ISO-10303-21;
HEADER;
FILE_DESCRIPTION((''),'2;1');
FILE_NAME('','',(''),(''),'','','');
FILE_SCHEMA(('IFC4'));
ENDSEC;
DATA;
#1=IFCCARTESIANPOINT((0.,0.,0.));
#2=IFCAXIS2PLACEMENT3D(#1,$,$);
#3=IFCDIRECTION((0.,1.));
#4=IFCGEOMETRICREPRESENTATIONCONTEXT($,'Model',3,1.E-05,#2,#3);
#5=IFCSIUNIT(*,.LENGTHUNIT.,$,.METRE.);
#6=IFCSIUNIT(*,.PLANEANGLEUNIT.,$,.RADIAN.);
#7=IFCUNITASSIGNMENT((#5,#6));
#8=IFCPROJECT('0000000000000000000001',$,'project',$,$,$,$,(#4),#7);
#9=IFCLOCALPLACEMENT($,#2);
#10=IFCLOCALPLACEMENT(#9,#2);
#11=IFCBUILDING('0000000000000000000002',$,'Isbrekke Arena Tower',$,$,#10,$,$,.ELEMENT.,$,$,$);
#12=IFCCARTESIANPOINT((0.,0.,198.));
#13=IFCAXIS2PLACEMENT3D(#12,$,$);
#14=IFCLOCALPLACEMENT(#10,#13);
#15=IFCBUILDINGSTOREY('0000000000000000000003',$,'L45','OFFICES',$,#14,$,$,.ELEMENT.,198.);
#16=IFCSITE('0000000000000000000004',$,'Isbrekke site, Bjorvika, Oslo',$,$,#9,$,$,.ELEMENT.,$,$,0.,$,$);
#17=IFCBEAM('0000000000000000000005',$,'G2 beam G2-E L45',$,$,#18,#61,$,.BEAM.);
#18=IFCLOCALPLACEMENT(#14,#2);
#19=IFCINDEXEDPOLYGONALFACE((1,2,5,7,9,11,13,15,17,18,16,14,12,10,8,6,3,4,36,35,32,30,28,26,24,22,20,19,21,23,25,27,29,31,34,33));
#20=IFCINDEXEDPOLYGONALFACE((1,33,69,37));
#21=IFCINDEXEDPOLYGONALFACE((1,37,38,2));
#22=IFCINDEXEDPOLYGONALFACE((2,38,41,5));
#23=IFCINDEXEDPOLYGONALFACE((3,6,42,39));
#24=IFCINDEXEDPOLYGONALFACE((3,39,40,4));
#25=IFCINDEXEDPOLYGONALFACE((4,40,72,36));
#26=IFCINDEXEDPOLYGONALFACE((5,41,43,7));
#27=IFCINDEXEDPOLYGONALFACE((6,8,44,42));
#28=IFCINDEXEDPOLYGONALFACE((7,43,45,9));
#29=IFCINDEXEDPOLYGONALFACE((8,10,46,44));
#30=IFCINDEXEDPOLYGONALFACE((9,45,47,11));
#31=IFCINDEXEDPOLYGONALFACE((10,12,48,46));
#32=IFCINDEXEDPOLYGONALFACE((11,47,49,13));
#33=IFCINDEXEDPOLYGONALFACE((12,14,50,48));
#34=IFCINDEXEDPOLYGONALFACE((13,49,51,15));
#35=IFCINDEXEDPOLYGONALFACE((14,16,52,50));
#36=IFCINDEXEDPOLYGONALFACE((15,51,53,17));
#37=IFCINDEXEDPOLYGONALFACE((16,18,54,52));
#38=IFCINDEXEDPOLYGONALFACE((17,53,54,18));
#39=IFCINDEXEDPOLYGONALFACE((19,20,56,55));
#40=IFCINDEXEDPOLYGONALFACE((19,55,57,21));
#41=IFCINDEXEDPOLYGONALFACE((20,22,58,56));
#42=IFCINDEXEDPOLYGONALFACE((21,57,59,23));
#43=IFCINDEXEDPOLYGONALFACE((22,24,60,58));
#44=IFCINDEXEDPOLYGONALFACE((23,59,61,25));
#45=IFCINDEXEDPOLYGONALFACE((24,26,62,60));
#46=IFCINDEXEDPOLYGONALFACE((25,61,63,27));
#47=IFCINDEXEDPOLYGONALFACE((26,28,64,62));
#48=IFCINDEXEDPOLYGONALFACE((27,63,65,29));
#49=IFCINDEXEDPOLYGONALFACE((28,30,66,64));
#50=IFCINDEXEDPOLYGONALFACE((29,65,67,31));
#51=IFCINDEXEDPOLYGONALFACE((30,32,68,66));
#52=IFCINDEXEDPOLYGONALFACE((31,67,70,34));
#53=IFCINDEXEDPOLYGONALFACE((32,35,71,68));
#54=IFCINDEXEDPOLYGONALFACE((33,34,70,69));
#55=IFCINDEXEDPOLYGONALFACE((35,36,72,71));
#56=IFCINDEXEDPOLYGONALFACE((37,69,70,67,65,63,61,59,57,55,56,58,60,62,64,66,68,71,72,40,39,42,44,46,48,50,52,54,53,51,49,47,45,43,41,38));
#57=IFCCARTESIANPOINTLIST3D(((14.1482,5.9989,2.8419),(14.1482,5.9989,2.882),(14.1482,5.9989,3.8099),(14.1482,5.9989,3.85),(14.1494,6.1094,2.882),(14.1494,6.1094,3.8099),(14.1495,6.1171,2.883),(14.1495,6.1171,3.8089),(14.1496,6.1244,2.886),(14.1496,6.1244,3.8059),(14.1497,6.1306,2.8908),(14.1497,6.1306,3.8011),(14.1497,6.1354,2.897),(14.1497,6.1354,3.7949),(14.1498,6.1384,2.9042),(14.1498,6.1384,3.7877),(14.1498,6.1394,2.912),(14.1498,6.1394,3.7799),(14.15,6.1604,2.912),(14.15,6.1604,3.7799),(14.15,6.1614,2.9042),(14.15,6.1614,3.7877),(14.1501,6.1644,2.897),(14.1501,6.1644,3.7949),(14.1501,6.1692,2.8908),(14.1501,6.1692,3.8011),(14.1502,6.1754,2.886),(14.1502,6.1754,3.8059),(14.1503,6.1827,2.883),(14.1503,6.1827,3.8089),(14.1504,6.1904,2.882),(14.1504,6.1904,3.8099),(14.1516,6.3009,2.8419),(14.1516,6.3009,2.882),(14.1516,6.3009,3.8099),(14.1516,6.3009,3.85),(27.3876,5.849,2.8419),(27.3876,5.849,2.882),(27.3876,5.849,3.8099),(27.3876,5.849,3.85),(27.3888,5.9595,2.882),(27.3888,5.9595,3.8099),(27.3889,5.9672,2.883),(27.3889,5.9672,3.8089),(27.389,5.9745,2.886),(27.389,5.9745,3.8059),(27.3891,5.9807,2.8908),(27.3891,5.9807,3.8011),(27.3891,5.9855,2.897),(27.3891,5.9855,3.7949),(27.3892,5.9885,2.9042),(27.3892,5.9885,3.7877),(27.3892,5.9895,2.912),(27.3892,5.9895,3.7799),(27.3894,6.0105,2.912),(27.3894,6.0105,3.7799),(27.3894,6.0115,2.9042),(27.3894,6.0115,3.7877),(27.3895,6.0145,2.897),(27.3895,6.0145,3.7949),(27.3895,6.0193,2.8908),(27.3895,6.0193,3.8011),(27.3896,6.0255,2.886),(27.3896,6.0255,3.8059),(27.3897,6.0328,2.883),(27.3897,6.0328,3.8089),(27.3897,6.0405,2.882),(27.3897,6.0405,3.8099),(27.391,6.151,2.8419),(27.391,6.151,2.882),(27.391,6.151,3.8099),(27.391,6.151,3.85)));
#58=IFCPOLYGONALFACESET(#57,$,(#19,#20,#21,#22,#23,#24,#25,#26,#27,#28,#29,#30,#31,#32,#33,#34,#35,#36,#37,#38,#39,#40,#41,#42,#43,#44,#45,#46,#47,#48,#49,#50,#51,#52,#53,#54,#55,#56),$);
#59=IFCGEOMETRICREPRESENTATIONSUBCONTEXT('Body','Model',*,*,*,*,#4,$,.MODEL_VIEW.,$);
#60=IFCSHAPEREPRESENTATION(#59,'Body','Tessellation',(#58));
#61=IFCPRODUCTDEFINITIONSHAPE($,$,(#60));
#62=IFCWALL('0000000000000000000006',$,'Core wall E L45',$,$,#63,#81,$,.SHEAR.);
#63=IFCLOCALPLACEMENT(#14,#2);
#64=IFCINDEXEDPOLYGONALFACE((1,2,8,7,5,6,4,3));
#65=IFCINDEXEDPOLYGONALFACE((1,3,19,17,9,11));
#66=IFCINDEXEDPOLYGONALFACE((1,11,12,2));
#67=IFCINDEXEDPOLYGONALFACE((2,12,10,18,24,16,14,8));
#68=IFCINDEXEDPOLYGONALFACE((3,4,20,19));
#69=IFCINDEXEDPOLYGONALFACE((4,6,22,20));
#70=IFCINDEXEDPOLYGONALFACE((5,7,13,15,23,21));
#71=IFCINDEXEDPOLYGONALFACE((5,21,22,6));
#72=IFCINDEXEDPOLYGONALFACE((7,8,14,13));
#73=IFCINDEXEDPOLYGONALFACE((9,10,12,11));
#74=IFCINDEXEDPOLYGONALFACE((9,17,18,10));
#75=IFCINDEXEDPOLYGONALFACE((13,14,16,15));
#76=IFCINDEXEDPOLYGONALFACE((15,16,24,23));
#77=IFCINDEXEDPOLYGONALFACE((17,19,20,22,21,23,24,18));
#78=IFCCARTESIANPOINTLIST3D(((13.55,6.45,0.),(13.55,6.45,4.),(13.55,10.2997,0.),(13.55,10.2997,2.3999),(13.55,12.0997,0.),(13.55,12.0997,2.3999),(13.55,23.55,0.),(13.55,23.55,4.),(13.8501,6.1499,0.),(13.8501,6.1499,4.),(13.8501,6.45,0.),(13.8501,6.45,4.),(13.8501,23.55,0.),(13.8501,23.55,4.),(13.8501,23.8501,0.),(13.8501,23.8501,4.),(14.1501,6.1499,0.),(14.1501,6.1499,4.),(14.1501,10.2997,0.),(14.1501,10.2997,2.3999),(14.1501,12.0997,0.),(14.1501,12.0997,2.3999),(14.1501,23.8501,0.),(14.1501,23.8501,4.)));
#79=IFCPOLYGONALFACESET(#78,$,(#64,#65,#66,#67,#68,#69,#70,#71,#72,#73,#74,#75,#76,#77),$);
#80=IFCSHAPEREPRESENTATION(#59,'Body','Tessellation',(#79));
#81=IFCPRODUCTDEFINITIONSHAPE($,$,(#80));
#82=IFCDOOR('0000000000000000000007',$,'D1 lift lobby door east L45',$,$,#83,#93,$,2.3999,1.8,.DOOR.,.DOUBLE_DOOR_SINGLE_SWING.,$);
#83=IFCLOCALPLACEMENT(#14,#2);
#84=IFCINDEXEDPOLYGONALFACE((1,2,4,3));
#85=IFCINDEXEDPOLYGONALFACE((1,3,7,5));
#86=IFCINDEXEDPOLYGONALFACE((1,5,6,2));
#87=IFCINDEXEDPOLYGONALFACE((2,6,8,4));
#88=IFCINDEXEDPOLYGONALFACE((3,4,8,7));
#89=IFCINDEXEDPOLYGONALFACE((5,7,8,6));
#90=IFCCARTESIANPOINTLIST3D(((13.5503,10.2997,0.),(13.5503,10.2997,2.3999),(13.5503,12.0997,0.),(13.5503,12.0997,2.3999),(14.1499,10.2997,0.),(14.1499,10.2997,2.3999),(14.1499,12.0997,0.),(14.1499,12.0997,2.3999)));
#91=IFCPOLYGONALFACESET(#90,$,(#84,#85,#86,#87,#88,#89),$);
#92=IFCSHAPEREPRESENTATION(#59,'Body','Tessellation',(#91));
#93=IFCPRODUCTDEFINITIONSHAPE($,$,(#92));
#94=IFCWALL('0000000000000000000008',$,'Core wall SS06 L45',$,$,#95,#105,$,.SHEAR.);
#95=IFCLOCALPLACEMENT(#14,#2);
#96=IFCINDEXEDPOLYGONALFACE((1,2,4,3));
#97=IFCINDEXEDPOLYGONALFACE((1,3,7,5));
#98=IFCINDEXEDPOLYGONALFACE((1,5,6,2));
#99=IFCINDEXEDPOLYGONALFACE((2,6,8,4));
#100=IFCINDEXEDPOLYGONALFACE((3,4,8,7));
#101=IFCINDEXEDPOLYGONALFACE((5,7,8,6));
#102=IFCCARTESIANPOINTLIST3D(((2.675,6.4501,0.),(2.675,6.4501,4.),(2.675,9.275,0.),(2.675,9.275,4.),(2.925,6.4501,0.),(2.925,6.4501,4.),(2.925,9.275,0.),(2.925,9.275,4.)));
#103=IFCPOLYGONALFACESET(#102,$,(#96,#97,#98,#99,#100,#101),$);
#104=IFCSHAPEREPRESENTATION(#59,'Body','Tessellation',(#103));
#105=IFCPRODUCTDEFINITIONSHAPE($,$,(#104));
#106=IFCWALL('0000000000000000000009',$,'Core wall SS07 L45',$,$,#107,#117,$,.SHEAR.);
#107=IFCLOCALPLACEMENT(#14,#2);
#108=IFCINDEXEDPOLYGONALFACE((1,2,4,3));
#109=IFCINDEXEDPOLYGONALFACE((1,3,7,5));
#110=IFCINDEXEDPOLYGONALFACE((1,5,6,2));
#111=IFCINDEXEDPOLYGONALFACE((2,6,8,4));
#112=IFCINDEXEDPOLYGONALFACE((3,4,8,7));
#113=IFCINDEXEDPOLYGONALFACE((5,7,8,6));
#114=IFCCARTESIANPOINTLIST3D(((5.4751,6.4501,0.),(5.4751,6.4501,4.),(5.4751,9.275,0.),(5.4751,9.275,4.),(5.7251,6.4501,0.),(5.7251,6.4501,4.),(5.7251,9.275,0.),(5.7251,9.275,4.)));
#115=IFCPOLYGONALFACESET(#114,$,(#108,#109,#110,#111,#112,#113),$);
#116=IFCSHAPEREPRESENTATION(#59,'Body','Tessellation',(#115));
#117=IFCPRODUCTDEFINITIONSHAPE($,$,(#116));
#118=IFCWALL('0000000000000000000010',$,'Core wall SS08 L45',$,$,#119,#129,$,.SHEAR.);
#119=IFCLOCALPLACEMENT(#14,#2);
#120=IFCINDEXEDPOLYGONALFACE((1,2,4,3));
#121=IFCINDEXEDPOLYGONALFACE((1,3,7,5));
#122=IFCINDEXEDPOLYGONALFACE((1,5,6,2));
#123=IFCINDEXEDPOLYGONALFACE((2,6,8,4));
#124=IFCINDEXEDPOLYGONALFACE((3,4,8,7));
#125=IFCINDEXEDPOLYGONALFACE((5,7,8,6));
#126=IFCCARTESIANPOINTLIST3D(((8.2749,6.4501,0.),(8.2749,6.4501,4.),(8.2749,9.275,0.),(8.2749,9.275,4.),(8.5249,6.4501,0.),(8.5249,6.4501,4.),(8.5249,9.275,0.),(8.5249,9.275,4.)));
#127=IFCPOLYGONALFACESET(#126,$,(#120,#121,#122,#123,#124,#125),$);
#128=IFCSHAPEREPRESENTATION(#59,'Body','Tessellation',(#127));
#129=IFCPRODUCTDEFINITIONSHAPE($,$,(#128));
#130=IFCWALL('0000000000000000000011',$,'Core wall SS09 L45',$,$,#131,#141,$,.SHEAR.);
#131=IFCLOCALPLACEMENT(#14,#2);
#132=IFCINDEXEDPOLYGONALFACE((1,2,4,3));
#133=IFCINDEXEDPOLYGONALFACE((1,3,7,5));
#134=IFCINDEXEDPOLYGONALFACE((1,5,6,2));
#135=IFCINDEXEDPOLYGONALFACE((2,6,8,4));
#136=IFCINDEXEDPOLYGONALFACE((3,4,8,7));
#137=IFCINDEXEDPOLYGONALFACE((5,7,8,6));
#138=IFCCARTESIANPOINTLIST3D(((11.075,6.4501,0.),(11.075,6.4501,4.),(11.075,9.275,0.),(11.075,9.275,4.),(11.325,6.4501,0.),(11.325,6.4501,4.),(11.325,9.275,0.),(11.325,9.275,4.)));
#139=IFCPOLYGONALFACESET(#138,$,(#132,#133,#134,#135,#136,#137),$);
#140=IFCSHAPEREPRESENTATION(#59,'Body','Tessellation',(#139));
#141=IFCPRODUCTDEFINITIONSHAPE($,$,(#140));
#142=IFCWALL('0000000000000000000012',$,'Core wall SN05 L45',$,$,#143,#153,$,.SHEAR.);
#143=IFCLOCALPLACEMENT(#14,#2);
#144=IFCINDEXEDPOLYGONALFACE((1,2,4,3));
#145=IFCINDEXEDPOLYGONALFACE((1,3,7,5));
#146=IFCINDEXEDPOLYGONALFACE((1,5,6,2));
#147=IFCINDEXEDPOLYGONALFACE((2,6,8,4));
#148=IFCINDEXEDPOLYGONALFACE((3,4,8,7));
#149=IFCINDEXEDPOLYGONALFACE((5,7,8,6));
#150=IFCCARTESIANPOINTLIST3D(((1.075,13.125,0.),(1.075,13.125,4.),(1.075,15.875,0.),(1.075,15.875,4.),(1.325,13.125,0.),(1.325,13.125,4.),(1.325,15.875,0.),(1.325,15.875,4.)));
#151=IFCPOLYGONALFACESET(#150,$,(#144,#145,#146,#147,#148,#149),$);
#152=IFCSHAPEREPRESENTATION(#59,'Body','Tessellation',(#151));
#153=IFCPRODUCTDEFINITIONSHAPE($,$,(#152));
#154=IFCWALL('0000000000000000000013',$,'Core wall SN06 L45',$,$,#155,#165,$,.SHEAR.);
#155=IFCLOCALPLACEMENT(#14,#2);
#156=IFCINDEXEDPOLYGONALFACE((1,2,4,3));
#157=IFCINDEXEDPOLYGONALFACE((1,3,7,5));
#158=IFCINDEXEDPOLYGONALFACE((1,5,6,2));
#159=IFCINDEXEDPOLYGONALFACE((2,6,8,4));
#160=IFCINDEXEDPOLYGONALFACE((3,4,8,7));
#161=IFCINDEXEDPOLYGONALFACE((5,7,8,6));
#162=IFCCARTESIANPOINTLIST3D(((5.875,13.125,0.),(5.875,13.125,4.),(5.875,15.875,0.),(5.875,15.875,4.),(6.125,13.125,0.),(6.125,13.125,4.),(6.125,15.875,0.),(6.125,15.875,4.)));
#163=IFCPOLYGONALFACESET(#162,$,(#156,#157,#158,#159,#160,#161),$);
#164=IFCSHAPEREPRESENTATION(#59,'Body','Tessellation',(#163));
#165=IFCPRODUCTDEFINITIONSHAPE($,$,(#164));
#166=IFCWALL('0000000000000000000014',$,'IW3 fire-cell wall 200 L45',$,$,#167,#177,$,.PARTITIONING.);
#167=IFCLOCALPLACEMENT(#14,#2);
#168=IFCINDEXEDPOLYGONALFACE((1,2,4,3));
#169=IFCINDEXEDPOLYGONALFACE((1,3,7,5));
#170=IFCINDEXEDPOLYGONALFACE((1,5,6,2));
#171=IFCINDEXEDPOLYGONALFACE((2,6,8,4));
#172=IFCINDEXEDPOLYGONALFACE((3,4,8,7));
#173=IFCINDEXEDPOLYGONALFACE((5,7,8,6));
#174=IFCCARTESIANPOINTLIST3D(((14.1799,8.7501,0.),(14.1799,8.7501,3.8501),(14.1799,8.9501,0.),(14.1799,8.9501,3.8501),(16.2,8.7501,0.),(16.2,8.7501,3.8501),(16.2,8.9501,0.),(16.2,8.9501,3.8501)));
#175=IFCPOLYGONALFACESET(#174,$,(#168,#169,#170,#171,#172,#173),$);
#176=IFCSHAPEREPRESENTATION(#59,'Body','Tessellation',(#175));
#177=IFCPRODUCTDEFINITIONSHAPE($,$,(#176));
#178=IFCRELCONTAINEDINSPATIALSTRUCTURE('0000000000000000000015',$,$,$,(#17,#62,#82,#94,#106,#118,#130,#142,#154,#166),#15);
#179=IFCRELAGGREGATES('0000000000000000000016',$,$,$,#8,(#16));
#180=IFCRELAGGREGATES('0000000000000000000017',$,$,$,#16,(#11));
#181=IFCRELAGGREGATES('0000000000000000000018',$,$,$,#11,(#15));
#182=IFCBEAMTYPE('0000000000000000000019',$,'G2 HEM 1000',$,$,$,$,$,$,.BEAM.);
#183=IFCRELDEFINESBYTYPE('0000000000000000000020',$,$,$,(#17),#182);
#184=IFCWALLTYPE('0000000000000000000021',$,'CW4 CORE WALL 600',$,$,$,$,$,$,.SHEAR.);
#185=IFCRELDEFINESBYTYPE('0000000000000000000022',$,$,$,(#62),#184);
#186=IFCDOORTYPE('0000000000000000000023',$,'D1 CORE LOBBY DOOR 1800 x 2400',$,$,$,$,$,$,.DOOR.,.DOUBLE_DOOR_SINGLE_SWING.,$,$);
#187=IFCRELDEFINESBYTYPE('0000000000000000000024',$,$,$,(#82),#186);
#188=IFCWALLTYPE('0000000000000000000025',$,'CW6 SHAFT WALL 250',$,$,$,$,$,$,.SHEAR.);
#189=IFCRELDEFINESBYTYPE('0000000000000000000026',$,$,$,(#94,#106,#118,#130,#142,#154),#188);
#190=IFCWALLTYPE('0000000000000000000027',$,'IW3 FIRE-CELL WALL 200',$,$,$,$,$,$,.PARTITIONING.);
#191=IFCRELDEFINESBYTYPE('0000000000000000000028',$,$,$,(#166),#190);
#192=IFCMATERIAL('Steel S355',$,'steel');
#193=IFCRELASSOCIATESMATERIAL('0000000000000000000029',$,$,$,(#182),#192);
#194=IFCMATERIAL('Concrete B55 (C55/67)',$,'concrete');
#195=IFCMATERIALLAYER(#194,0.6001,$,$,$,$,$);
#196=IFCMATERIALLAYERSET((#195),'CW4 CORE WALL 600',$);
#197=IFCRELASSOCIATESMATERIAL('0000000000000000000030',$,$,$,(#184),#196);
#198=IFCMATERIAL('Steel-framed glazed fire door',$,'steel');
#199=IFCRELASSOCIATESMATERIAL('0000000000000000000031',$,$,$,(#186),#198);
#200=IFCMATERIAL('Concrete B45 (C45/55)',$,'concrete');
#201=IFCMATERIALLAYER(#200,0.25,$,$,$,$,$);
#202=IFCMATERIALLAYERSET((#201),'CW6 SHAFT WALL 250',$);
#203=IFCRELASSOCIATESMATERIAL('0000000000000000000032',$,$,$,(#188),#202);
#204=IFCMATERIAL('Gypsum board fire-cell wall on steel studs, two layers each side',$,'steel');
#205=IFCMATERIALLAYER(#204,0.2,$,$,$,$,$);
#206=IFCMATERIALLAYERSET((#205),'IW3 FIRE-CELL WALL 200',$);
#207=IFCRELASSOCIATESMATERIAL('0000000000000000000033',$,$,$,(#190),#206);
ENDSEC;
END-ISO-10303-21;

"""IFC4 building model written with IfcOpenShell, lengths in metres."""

from ifc_helpers import new_model, si_unit, direction, frame, frame_2d, origin, origin_2d, place, context, subcontext, project, spatial, polyline, rectangle, i_section, outline, extrude, material, layer, layer_set, material_profile, profile_set, type_object, element, fill, save


model = new_model("IFC4")

# Units and contexts
model_context = context("Model", 3, precision=1e-05, world=origin(), true_north=direction((0.0, 1.0)))
body_context = subcontext(model_context, "Body", "Model", "MODEL_VIEW")
ifc_project = project(units=[si_unit("LENGTHUNIT", "METRE"), si_unit("PLANEANGLEUNIT", "RADIAN")], contexts=[model_context])

# Site, building, storey
site_placement = place(None, origin())
site = spatial("IfcSite", under=ifc_project, at=site_placement, Name="Isbrekke site, Bjorvika, Oslo", CompositionType="ELEMENT", RefElevation=0.0)
building_placement = place(site_placement, origin())
building = spatial("IfcBuilding", under=site, at=building_placement, Name="Isbrekke Arena Tower", CompositionType="ELEMENT")
storey_placement = place(building_placement, frame((0.0, 0.0, 198.0)))
storey = spatial("IfcBuildingStorey", under=building, at=storey_placement, Name="L45", Description="OFFICES", CompositionType="ELEMENT", Elevation=198.0)

# Beam
ifc_material_1 = material(Name="Steel S355", Category="steel")
ifc_material_profile = material_profile(ifc_material_1, i_section(OverallWidth=0.302, OverallDepth=1.0081, WebThickness=0.021, FlangeThickness=0.04, FilletRadius=0.03, at=origin_2d()), Name="HEM 1000")
ifc_profile_set = profile_set([ifc_material_profile], Name="Steel S355")
beam_type = type_object("IfcBeamType", Name="G2 HEM 1000", PredefinedType="BEAM", material=ifc_profile_set)
beam_placement = place(storey_placement, frame((14.1499, 6.1499, 3.3459), z_axis=(0.999936, -0.011322, 0.0), x_axis=(0.011322, 0.999936, 0.0)))
element("IfcBeam", 1, at=beam_placement, inside=storey, type_object=beam_type, Name="G2 beam G2-E L45", PredefinedType="BEAM", context=body_context, shape_type="SweptSolid", body=[
    extrude(i_section(OverallWidth=0.302, OverallDepth=1.0081, WebThickness=0.021, FlangeThickness=0.04, FilletRadius=0.03, at=origin_2d()), origin(), (0.0, 0.0, 1.0), 13.2402),
])

# Wall, opening, door
ifc_material_2 = material(Name="Concrete B55 (C55/67)", Category="concrete")
ifc_layer_1 = layer(ifc_material_2, 0.6001)
ifc_layer_set_1 = layer_set([ifc_layer_1], Name="CW4 CORE WALL 600")
wall_type_1 = type_object("IfcWallType", Name="CW4 CORE WALL 600", PredefinedType="SHEAR", material=ifc_layer_set_1)
wall_1_placement = place(storey_placement, frame((13.8501, 6.1499, 0.0), z_axis=(0.0, 0.0, 1.0), x_axis=(0.0, 1.0, 0.0)))
wall_1 = element("IfcWall", 2, at=wall_1_placement, inside=storey, type_object=wall_type_1, Name="Core wall E L45", PredefinedType="SHEAR", context=body_context, shape_type="SweptSolid", body=[
    extrude(outline(polyline([(0.0, -0.3), (17.7002, -0.3), (17.7002, 0.0), (17.4001, 0.0), (17.4001, 0.3), (0.3, 0.3), (0.3, 0.0), (0.0, 0.0), (0.0, -0.3)])), origin(), (0.0, 0.0, 1.0), 4.0),
])
opening_1_placement = place(wall_1_placement, frame((4.1499, 0.0, 0.0)))
opening_1 = element("IfcOpeningElement", 3, at=opening_1_placement, cuts=wall_1, PredefinedType="OPENING", context=body_context, shape_type="SweptSolid", body=[
    extrude(rectangle(XDim=1.8, YDim=2.3999, at=frame_2d((0.8999, 1.2))), frame((0.0, 0.3149, 0.0), z_axis=(0.0, -1.0, 0.0), x_axis=(1.0, 0.0, 0.0)), (0.0, 0.0, 1.0), 0.6299),
])
ifc_material_3 = material(Name="Steel-framed glazed fire door", Category="steel")
door_type_1 = type_object("IfcDoorType", Name="D1 CORE LOBBY DOOR 1800 x 2400", OperationType="DOUBLE_DOOR_SINGLE_SWING", PredefinedType="DOOR", material=ifc_material_3)
door_1_placement = place(opening_1_placement, origin())
door_1 = element("IfcDoor", 4, at=door_1_placement, inside=storey, type_object=door_type_1, Name="D1 lift lobby door east L45", OperationType="DOUBLE_DOOR_SINGLE_SWING", OverallHeight=2.3999, OverallWidth=1.8, PredefinedType="DOOR", context=body_context, shape_type="SweptSolid", body=[
    extrude(rectangle(XDim=1.8, YDim=2.3999, at=frame_2d((0.8999, 1.2))), frame((0.0, 0.2998, 0.0), z_axis=(0.0, -1.0, 0.0), x_axis=(1.0, 0.0, 0.0)), (0.0, 0.0, 1.0), 0.5996),
])
fill(opening_1, door_1)

# Walls
ifc_material_4 = material(Name="Concrete B45 (C45/55)", Category="concrete")
ifc_layer_2 = layer(ifc_material_4, 0.25)
ifc_layer_set_2 = layer_set([ifc_layer_2], Name="CW6 SHAFT WALL 250")
wall_type_2 = type_object("IfcWallType", Name="CW6 SHAFT WALL 250", PredefinedType="SHEAR", material=ifc_layer_set_2)
for number, where, z_axis, x_axis, name in (
    (5, (2.8, 6.45, 0.0), (0.0, 0.0, 1.0), (0.0, 1.0, 0.0), "Core wall SS06 L45"),
    (6, (5.6001, 6.45, 0.0), (0.0, 0.0, 1.0), (0.0, 1.0, 0.0), "Core wall SS07 L45"),
    (7, (8.3999, 6.45, 0.0), (0.0, 0.0, 1.0), (0.0, 1.0, 0.0), "Core wall SS08 L45"),
    (8, (11.2, 6.45, 0.0), (0.0, 0.0, 1.0), (0.0, 1.0, 0.0), "Core wall SS09 L45"),
):
    element("IfcWall", number, at=place(storey_placement, frame(where, z_axis=z_axis, x_axis=x_axis)), inside=storey, type_object=wall_type_2, Name=name, PredefinedType="SHEAR", context=body_context, shape_type="SweptSolid", body=[
        extrude(rectangle(XDim=2.825, YDim=0.25, at=frame_2d((1.4126, 0.0))), origin(), (0.0, 0.0, 1.0), 4.0),
    ])
for number, where, z_axis, x_axis, name in (
    (9, (1.2, 13.125, 0.0), (0.0, 0.0, 1.0), (0.0, 1.0, 0.0), "Core wall SN05 L45"),
    (10, (6.0, 13.125, 0.0), (0.0, 0.0, 1.0), (0.0, 1.0, 0.0), "Core wall SN06 L45"),
):
    element("IfcWall", number, at=place(storey_placement, frame(where, z_axis=z_axis, x_axis=x_axis)), inside=storey, type_object=wall_type_2, Name=name, PredefinedType="SHEAR", context=body_context, shape_type="SweptSolid", body=[
        extrude(rectangle(XDim=2.75, YDim=0.25, at=frame_2d((1.375, 0.0))), origin(), (0.0, 0.0, 1.0), 4.0),
    ])
ifc_material_5 = material(Name="Gypsum board fire-cell wall on steel studs, two layers each side", Category="steel")
ifc_layer_3 = layer(ifc_material_5, 0.2)
ifc_layer_set_3 = layer_set([ifc_layer_3], Name="IW3 FIRE-CELL WALL 200")
wall_type_3 = type_object("IfcWallType", Name="IW3 FIRE-CELL WALL 200", PredefinedType="PARTITIONING", material=ifc_layer_set_3)
wall_2_placement = place(storey_placement, frame((14.1799, 8.8501, 0.0), z_axis=(0.0, 0.0, 1.0), x_axis=(1.0, 0.0, 0.0)))
element("IfcWall", 11, at=wall_2_placement, inside=storey, type_object=wall_type_3, Name="IW3 fire-cell wall 200 L45", PredefinedType="PARTITIONING", context=body_context, shape_type="SweptSolid", body=[
    extrude(rectangle(XDim=2.02, YDim=0.2, at=frame_2d((1.01, 0.0))), origin(), (0.0, 0.0, 1.0), 3.8501),
])

save(model, "model.ifc")
